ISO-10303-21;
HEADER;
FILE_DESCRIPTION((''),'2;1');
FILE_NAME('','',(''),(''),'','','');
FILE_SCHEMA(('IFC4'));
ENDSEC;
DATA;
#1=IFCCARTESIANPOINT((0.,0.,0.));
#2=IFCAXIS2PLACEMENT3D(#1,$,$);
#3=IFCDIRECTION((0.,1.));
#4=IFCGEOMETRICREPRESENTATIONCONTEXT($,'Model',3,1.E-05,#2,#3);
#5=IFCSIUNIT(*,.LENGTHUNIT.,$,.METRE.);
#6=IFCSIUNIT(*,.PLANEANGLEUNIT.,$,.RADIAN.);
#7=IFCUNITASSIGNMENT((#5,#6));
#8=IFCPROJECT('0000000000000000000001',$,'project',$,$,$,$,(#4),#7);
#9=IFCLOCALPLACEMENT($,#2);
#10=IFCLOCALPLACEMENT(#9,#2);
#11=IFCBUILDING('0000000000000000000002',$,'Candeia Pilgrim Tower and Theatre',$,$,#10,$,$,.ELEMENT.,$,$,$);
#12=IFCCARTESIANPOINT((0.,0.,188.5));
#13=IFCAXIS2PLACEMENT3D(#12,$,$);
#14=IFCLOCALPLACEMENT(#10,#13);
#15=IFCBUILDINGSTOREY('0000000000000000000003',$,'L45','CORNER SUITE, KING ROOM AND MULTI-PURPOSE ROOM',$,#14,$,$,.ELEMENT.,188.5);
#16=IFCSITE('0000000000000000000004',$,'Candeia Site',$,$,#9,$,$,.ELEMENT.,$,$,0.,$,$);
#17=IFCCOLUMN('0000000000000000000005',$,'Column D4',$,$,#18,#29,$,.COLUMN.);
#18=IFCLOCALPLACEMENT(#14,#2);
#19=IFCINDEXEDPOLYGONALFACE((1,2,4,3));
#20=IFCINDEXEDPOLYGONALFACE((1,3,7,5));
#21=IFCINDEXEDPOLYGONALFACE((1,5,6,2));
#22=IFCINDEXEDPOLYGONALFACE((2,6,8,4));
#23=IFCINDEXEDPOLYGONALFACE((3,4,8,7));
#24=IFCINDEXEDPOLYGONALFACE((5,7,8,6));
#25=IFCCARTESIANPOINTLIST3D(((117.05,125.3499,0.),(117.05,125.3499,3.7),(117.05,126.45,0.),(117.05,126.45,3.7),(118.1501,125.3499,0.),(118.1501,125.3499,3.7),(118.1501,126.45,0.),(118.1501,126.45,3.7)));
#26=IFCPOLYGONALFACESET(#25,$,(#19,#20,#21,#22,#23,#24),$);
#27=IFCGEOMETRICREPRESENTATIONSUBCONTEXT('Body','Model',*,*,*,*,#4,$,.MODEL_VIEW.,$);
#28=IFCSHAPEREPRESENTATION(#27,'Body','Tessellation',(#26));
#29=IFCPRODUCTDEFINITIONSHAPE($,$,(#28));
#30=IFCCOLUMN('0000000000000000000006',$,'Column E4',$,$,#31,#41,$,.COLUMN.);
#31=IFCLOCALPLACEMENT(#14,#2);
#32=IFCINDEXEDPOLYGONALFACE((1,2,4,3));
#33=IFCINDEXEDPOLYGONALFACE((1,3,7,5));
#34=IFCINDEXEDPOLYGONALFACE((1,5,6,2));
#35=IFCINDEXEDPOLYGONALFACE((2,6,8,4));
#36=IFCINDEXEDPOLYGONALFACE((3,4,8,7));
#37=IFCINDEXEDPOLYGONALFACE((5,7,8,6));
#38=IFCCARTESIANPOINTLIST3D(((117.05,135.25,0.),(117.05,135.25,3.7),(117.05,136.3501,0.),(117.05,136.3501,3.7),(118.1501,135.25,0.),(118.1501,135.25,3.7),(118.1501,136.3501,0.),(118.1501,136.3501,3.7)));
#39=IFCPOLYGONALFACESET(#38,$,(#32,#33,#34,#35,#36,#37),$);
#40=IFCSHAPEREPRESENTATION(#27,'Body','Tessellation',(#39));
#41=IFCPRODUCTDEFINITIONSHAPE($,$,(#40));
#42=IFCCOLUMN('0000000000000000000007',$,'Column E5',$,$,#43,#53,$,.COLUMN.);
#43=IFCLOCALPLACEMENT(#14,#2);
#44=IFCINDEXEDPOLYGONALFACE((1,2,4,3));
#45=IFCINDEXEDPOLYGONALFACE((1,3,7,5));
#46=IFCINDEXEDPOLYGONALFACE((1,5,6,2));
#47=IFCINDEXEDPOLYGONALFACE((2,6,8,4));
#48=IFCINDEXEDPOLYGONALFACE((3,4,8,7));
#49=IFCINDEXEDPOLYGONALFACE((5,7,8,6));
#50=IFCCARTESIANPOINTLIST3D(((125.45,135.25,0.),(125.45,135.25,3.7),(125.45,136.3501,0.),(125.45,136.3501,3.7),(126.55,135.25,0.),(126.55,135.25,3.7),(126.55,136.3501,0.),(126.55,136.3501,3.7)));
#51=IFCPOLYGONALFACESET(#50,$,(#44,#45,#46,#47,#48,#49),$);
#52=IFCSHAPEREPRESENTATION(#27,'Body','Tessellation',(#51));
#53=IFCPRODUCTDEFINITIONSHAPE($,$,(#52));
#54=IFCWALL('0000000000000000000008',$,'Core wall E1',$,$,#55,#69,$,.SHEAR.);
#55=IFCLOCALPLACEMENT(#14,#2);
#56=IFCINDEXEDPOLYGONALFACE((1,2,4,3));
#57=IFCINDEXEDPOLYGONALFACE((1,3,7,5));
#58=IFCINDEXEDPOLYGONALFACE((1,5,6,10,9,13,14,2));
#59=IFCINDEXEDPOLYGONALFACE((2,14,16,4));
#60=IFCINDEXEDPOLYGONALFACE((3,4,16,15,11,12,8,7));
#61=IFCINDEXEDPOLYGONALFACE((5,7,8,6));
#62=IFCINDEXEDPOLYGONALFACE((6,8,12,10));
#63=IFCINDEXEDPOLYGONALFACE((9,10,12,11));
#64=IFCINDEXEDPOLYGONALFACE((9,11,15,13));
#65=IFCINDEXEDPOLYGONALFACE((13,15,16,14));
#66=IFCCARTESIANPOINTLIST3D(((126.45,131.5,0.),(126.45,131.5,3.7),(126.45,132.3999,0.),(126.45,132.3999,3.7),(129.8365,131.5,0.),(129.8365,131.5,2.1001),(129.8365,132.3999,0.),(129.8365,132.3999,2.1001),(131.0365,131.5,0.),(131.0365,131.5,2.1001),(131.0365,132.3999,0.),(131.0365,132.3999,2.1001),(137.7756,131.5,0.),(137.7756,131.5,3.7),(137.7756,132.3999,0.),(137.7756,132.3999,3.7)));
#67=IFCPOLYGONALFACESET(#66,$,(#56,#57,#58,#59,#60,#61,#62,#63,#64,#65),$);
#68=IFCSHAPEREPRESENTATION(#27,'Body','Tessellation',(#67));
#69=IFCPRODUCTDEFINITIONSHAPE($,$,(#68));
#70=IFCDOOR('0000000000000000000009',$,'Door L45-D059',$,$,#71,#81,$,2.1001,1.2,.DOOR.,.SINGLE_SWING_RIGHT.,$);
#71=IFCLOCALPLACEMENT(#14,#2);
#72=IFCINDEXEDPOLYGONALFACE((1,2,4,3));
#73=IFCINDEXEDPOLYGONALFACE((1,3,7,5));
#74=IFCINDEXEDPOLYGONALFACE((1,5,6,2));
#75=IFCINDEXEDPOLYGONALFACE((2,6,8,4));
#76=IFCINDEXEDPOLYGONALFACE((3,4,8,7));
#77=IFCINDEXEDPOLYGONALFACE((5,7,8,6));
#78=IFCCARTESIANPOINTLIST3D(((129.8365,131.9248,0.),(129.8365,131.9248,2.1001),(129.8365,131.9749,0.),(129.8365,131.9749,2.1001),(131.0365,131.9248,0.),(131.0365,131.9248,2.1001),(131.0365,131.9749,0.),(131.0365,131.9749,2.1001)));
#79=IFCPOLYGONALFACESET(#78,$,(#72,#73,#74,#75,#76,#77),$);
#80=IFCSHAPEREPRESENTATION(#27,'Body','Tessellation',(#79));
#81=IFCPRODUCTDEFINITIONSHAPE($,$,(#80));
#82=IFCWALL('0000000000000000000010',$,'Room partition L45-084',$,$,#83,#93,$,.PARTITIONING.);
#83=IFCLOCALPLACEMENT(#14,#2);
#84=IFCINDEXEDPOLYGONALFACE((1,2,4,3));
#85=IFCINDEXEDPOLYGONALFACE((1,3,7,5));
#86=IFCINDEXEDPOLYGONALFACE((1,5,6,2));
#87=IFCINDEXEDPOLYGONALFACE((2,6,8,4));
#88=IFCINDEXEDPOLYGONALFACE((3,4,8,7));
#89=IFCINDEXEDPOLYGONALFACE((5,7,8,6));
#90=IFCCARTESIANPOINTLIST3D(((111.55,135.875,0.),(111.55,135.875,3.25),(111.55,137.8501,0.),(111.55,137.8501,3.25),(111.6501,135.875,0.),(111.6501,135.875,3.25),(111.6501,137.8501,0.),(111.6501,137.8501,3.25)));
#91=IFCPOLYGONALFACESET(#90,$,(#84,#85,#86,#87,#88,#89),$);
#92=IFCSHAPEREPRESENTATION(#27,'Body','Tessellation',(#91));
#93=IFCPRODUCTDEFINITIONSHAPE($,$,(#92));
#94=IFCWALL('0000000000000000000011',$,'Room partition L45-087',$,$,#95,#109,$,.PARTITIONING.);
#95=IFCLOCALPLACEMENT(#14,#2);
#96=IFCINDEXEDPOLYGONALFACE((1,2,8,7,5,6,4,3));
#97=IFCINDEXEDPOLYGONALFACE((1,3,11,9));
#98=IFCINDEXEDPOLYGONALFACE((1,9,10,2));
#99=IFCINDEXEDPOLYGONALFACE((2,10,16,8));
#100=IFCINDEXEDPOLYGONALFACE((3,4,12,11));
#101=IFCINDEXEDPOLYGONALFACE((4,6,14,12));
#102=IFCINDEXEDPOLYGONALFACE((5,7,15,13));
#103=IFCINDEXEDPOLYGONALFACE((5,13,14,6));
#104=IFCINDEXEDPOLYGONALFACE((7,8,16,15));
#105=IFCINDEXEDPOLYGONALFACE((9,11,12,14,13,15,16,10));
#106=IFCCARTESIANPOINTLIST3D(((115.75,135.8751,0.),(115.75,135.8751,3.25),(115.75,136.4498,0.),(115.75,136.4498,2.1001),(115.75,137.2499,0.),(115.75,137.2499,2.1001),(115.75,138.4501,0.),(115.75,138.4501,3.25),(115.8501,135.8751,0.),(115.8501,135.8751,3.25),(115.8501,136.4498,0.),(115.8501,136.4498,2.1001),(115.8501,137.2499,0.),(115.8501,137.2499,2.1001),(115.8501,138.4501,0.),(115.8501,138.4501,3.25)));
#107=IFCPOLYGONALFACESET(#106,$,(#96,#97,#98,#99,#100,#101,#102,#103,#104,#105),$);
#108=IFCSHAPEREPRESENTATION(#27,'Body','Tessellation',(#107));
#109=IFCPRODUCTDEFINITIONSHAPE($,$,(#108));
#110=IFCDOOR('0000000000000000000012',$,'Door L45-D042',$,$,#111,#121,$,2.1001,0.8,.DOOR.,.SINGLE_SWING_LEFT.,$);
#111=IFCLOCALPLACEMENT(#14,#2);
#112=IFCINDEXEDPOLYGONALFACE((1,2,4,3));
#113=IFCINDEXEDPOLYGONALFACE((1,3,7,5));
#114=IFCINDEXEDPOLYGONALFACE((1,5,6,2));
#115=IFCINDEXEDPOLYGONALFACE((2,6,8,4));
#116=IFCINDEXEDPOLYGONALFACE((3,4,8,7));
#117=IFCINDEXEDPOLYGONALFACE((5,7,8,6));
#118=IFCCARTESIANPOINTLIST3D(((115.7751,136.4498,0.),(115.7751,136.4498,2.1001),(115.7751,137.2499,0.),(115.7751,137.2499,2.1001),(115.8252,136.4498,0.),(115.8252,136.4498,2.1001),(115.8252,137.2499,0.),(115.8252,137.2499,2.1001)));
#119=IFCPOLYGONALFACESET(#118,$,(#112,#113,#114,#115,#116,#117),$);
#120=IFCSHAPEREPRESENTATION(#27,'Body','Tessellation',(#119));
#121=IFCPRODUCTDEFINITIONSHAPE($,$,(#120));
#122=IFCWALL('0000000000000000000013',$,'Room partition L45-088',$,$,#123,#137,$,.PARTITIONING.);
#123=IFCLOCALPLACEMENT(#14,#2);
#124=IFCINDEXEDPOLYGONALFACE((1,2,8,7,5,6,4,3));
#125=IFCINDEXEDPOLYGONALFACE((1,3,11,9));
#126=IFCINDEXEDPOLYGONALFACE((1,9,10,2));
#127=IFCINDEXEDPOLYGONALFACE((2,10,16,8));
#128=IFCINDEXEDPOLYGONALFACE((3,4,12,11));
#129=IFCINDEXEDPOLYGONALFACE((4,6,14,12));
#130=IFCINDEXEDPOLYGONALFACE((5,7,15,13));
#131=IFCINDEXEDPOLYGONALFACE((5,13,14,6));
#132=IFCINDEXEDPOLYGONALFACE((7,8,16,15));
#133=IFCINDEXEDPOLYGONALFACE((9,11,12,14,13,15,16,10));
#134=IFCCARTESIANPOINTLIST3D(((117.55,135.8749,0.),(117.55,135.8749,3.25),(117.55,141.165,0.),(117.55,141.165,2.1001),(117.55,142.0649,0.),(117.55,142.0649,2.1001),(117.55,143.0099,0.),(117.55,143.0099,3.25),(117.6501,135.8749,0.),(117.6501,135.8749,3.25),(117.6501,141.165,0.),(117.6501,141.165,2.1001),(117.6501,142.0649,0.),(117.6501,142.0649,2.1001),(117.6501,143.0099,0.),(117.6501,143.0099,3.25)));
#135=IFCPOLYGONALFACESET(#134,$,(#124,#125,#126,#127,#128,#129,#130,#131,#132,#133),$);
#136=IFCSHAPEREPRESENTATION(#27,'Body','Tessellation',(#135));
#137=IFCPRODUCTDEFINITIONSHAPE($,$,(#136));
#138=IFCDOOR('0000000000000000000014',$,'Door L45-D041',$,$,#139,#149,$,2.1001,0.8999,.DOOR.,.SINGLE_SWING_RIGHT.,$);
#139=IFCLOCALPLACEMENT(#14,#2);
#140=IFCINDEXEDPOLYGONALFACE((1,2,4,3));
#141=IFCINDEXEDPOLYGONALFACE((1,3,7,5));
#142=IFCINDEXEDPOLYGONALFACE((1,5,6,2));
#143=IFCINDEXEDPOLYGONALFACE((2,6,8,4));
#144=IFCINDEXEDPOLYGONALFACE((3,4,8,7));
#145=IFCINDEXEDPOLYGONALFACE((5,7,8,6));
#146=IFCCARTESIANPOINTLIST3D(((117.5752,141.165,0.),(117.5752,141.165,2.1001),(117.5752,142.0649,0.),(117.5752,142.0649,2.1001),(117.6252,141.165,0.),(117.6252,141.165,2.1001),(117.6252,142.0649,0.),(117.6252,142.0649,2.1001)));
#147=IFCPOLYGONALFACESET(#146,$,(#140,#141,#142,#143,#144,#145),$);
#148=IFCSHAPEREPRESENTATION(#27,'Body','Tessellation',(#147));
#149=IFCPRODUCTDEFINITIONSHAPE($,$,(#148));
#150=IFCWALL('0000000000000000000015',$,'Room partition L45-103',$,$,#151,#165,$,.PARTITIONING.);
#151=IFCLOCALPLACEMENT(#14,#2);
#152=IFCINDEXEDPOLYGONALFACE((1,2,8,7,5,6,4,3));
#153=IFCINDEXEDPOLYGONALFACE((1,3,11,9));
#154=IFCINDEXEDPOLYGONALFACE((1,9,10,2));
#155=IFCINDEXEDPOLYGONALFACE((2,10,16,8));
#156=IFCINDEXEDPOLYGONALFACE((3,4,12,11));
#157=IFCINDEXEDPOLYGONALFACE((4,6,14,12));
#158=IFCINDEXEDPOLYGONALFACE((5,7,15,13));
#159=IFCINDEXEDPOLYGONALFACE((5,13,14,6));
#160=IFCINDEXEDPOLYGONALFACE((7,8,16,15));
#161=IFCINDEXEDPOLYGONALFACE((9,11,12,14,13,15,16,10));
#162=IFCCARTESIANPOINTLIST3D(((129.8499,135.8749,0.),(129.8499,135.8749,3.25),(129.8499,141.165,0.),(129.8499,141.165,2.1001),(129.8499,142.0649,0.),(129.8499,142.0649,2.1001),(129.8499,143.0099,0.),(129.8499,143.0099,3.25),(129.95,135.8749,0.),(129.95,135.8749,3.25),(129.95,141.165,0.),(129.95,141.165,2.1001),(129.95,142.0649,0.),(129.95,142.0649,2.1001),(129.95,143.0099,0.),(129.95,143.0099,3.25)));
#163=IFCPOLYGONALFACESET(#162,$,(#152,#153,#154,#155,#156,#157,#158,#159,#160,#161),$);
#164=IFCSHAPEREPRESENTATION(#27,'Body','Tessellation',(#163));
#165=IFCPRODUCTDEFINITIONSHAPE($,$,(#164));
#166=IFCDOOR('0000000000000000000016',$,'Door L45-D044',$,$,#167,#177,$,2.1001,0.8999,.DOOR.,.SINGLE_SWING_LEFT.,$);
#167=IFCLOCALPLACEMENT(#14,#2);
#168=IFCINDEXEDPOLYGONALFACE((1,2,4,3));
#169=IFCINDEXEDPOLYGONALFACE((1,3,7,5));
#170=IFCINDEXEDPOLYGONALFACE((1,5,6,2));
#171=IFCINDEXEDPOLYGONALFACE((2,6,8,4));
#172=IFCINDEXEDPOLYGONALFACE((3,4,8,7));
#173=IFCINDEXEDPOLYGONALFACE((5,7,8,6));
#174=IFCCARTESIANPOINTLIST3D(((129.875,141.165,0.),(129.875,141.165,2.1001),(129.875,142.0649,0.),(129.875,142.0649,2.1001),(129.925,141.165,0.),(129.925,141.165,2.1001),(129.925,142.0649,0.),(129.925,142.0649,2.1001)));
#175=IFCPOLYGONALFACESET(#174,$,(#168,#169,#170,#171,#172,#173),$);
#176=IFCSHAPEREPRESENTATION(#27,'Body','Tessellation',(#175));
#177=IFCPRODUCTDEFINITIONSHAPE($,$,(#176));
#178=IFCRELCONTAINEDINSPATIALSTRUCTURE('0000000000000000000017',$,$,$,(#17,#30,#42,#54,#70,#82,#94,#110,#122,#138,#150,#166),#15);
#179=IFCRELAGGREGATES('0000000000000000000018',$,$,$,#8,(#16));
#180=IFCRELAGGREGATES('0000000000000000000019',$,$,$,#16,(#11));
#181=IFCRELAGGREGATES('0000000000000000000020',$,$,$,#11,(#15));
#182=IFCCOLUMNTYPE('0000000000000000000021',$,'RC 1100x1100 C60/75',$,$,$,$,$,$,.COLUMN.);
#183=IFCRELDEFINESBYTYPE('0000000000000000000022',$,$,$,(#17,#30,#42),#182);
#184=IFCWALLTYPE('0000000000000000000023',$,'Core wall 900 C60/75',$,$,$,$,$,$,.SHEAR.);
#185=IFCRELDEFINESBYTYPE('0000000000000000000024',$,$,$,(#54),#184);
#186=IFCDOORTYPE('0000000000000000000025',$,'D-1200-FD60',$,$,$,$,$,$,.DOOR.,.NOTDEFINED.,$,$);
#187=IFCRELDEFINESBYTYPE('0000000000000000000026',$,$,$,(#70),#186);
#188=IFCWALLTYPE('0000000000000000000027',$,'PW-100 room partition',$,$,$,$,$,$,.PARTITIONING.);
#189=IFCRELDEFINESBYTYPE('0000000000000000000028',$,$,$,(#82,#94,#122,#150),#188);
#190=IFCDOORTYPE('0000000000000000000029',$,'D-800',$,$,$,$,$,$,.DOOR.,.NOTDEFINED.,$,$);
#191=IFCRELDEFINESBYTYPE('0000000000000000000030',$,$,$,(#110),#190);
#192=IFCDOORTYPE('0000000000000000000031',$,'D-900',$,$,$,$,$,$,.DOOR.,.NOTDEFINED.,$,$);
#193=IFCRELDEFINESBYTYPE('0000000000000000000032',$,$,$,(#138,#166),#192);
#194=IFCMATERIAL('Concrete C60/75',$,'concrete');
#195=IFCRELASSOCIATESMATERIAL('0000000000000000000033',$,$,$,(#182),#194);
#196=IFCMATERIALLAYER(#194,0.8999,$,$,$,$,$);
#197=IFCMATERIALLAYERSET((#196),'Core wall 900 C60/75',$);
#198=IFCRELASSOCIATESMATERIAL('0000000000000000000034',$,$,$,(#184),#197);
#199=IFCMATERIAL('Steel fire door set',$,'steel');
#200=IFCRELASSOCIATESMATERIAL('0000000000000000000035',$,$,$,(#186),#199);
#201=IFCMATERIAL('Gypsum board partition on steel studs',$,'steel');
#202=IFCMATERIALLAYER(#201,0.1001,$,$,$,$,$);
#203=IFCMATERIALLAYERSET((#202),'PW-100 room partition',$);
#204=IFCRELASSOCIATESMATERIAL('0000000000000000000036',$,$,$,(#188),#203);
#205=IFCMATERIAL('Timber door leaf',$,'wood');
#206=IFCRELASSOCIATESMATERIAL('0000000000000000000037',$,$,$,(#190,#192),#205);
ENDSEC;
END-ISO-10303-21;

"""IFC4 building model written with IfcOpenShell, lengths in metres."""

from ifc_helpers import new_model, si_unit, direction, frame, frame_2d, origin, origin_2d, place, context, subcontext, project, spatial, rectangle, extrude, material, layer, layer_set, material_profile, profile_set, type_object, element, fill, save


model = new_model("IFC4")

# Units and contexts
model_context = context("Model", 3, precision=1e-05, world=origin(), true_north=direction((0.0, 1.0)))
body_context = subcontext(model_context, "Body", "Model", "MODEL_VIEW")
ifc_project = project(units=[si_unit("LENGTHUNIT", "METRE"), si_unit("PLANEANGLEUNIT", "RADIAN")], contexts=[model_context])

# Site, building, storey
site_placement = place(None, origin())
site = spatial("IfcSite", under=ifc_project, at=site_placement, Name="Candeia Site", CompositionType="ELEMENT", RefElevation=0.0)
building_placement = place(site_placement, origin())
building = spatial("IfcBuilding", under=site, at=building_placement, Name="Candeia Pilgrim Tower and Theatre", CompositionType="ELEMENT")
storey_placement = place(building_placement, frame((0.0, 0.0, 188.5)))
storey = spatial("IfcBuildingStorey", under=building, at=storey_placement, Name="L45", Description="CORNER SUITE, KING ROOM AND MULTI-PURPOSE ROOM", CompositionType="ELEMENT", Elevation=188.5)

# Columns
ifc_material_1 = material(Name="Concrete C60/75", Category="concrete")
ifc_material_profile = material_profile(ifc_material_1, rectangle(XDim=1.1001, YDim=1.1001, at=origin_2d()))
ifc_profile_set = profile_set([ifc_material_profile], Name="Concrete C60/75")
column_type = type_object("IfcColumnType", Name="RC 1100x1100 C60/75", PredefinedType="COLUMN", material=ifc_profile_set)
for number, where, z_axis, x_axis, name in (
    (1, (117.6001, 125.8999, 0.0), (0.0, 0.0, 1.0), (1.0, 0.0, 0.0), "Column D4"),
    (2, (117.6001, 135.8, 0.0), (0.0, 0.0, 1.0), (1.0, 0.0, 0.0), "Column E4"),
    (3, (126.0, 135.8, 0.0), (0.0, 0.0, 1.0), (1.0, 0.0, 0.0), "Column E5"),
):
    element("IfcColumn", number, at=place(storey_placement, frame(where, z_axis=z_axis, x_axis=x_axis)), inside=storey, type_object=column_type, Name=name, PredefinedType="COLUMN", context=body_context, shape_type="SweptSolid", body=[
        extrude(rectangle(XDim=1.1001, YDim=1.1001, at=origin_2d()), origin(), (0.0, 0.0, 1.0), 3.7),
    ])

# Wall, opening, door
ifc_layer_1 = layer(ifc_material_1, 0.8999)
ifc_layer_set_1 = layer_set([ifc_layer_1], Name="Core wall 900 C60/75")
wall_type_1 = type_object("IfcWallType", Name="Core wall 900 C60/75", PredefinedType="SHEAR", material=ifc_layer_set_1)
wall_1_placement = place(storey_placement, frame((126.45, 131.95, 0.0), z_axis=(0.0, 0.0, 1.0), x_axis=(1.0, 0.0, 0.0)))
wall_1 = element("IfcWall", 4, at=wall_1_placement, inside=storey, type_object=wall_type_1, Name="Core wall E1", PredefinedType="SHEAR", context=body_context, shape_type="SweptSolid", body=[
    extrude(rectangle(XDim=11.3257, YDim=0.8999, at=frame_2d((5.6628, 0.0))), origin(), (0.0, 0.0, 1.0), 3.7),
])
opening_1_placement = place(wall_1_placement, frame((3.3865, 0.0, 0.0)))
opening_1 = element("IfcOpeningElement", 5, at=opening_1_placement, cuts=wall_1, PredefinedType="OPENING", context=body_context, shape_type="SweptSolid", body=[
    extrude(rectangle(XDim=1.2, YDim=2.1001, at=frame_2d((0.6001, 1.05))), frame((0.0, 0.46, 0.0), z_axis=(0.0, -1.0, 0.0), x_axis=(1.0, 0.0, 0.0)), (0.0, 0.0, 1.0), 0.9199),
])
ifc_material_2 = material(Name="Steel fire door set", Category="steel")
door_type_1 = type_object("IfcDoorType", Name="D-1200-FD60", OperationType="NOTDEFINED", PredefinedType="DOOR", material=ifc_material_2)
door_1_placement = place(opening_1_placement, origin())
door_1 = element("IfcDoor", 6, at=door_1_placement, inside=storey, type_object=door_type_1, Name="Door L45-D059", OperationType="SINGLE_SWING_RIGHT", OverallHeight=2.1001, OverallWidth=1.2, PredefinedType="DOOR", context=body_context, shape_type="SweptSolid", body=[
    extrude(rectangle(XDim=1.2, YDim=2.1001, at=frame_2d((0.6001, 1.05))), frame((0.0, 0.0249, 0.0), z_axis=(0.0, -1.0, 0.0), x_axis=(1.0, 0.0, 0.0)), (0.0, 0.0, 1.0), 0.05),
])
fill(opening_1, door_1)

# Wall
ifc_material_3 = material(Name="Gypsum board partition on steel studs", Category="steel")
ifc_layer_2 = layer(ifc_material_3, 0.1001)
ifc_layer_set_2 = layer_set([ifc_layer_2], Name="PW-100 room partition")
wall_type_2 = type_object("IfcWallType", Name="PW-100 room partition", PredefinedType="PARTITIONING", material=ifc_layer_set_2)
wall_2_placement = place(storey_placement, frame((111.6001, 135.875, 0.0), z_axis=(0.0, 0.0, 1.0), x_axis=(0.0, 1.0, 0.0)))
element("IfcWall", 7, at=wall_2_placement, inside=storey, type_object=wall_type_2, Name="Room partition L45-084", PredefinedType="PARTITIONING", context=body_context, shape_type="SweptSolid", body=[
    extrude(rectangle(XDim=1.9751, YDim=0.1001, at=frame_2d((0.9875, 0.0))), origin(), (0.0, 0.0, 1.0), 3.25),
])

# Walls, openings, doors
wall_3_placement = place(storey_placement, frame((115.8, 135.875, 0.0), z_axis=(0.0, 0.0, 1.0), x_axis=(0.0, 1.0, 0.0)))
wall_3 = element("IfcWall", 8, at=wall_3_placement, inside=storey, type_object=wall_type_2, Name="Room partition L45-087", PredefinedType="PARTITIONING", context=body_context, shape_type="SweptSolid", body=[
    extrude(rectangle(XDim=2.575, YDim=0.1001, at=frame_2d((1.2876, 0.0))), origin(), (0.0, 0.0, 1.0), 3.25),
])
opening_2_placement = place(wall_3_placement, frame((0.575, 0.0, 0.0)))
opening_2 = element("IfcOpeningElement", 9, at=opening_2_placement, cuts=wall_3, PredefinedType="OPENING", context=body_context, shape_type="SweptSolid", body=[
    extrude(rectangle(XDim=0.8, YDim=2.1001, at=frame_2d((0.3999, 1.05))), frame((0.0, 0.0601, 0.0), z_axis=(0.0, -1.0, 0.0), x_axis=(1.0, 0.0, 0.0)), (0.0, 0.0, 1.0), 0.1201),
])
ifc_material_4 = material(Name="Timber door leaf", Category="wood")
door_type_2 = type_object("IfcDoorType", Name="D-800", OperationType="NOTDEFINED", PredefinedType="DOOR", material=ifc_material_4)
door_2_placement = place(opening_2_placement, origin())
door_2 = element("IfcDoor", 10, at=door_2_placement, inside=storey, type_object=door_type_2, Name="Door L45-D042", OperationType="SINGLE_SWING_LEFT", OverallHeight=2.1001, OverallWidth=0.8, PredefinedType="DOOR", context=body_context, shape_type="SweptSolid", body=[
    extrude(rectangle(XDim=0.8, YDim=2.1001, at=frame_2d((0.3999, 1.05))), frame((0.0, 0.0249, 0.0), z_axis=(0.0, -1.0, 0.0), x_axis=(1.0, 0.0, 0.0)), (0.0, 0.0, 1.0), 0.05),
])
fill(opening_2, door_2)
wall_4_placement = place(storey_placement, frame((117.6001, 135.875, 0.0), z_axis=(0.0, 0.0, 1.0), x_axis=(0.0, 1.0, 0.0)))
wall_4 = element("IfcWall", 11, at=wall_4_placement, inside=storey, type_object=wall_type_2, Name="Room partition L45-088", PredefinedType="PARTITIONING", context=body_context, shape_type="SweptSolid", body=[
    extrude(rectangle(XDim=7.135, YDim=0.1001, at=frame_2d((3.5674, 0.0))), origin(), (0.0, 0.0, 1.0), 3.25),
])
opening_3_placement = place(wall_4_placement, frame((5.29, 0.0, 0.0)))
opening_3 = element("IfcOpeningElement", 12, at=opening_3_placement, cuts=wall_4, PredefinedType="OPENING", context=body_context, shape_type="SweptSolid", body=[
    extrude(rectangle(XDim=0.8999, YDim=2.1001, at=frame_2d((0.45, 1.05))), frame((0.0, 0.0601, 0.0), z_axis=(0.0, -1.0, 0.0), x_axis=(1.0, 0.0, 0.0)), (0.0, 0.0, 1.0), 0.1201),
])
door_type_3 = type_object("IfcDoorType", Name="D-900", OperationType="NOTDEFINED", PredefinedType="DOOR", material=ifc_material_4)
door_3_placement = place(opening_3_placement, origin())
door_3 = element("IfcDoor", 13, at=door_3_placement, inside=storey, type_object=door_type_3, Name="Door L45-D041", OperationType="SINGLE_SWING_RIGHT", OverallHeight=2.1001, OverallWidth=0.8999, PredefinedType="DOOR", context=body_context, shape_type="SweptSolid", body=[
    extrude(rectangle(XDim=0.8999, YDim=2.1001, at=frame_2d((0.45, 1.05))), frame((0.0, 0.0249, 0.0), z_axis=(0.0, -1.0, 0.0), x_axis=(1.0, 0.0, 0.0)), (0.0, 0.0, 1.0), 0.05),
])
fill(opening_3, door_3)
wall_5_placement = place(storey_placement, frame((129.8999, 135.875, 0.0), z_axis=(0.0, 0.0, 1.0), x_axis=(0.0, 1.0, 0.0)))
wall_5 = element("IfcWall", 14, at=wall_5_placement, inside=storey, type_object=wall_type_2, Name="Room partition L45-103", PredefinedType="PARTITIONING", context=body_context, shape_type="SweptSolid", body=[
    extrude(rectangle(XDim=7.135, YDim=0.1001, at=frame_2d((3.5674, 0.0))), origin(), (0.0, 0.0, 1.0), 3.25),
])
opening_4_placement = place(wall_5_placement, frame((5.29, 0.0, 0.0)))
opening_4 = element("IfcOpeningElement", 15, at=opening_4_placement, cuts=wall_5, PredefinedType="OPENING", context=body_context, shape_type="SweptSolid", body=[
    extrude(rectangle(XDim=0.8999, YDim=2.1001, at=frame_2d((0.45, 1.05))), frame((0.0, 0.0601, 0.0), z_axis=(0.0, -1.0, 0.0), x_axis=(1.0, 0.0, 0.0)), (0.0, 0.0, 1.0), 0.1201),
])
door_4_placement = place(opening_4_placement, origin())
door_4 = element("IfcDoor", 16, at=door_4_placement, inside=storey, type_object=door_type_3, Name="Door L45-D044", OperationType="SINGLE_SWING_LEFT", OverallHeight=2.1001, OverallWidth=0.8999, PredefinedType="DOOR", context=body_context, shape_type="SweptSolid", body=[
    extrude(rectangle(XDim=0.8999, YDim=2.1001, at=frame_2d((0.45, 1.05))), frame((0.0, 0.0249, 0.0), z_axis=(0.0, -1.0, 0.0), x_axis=(1.0, 0.0, 0.0)), (0.0, 0.0, 1.0), 0.05),
])
fill(opening_4, door_4)

save(model, "model.ifc")
